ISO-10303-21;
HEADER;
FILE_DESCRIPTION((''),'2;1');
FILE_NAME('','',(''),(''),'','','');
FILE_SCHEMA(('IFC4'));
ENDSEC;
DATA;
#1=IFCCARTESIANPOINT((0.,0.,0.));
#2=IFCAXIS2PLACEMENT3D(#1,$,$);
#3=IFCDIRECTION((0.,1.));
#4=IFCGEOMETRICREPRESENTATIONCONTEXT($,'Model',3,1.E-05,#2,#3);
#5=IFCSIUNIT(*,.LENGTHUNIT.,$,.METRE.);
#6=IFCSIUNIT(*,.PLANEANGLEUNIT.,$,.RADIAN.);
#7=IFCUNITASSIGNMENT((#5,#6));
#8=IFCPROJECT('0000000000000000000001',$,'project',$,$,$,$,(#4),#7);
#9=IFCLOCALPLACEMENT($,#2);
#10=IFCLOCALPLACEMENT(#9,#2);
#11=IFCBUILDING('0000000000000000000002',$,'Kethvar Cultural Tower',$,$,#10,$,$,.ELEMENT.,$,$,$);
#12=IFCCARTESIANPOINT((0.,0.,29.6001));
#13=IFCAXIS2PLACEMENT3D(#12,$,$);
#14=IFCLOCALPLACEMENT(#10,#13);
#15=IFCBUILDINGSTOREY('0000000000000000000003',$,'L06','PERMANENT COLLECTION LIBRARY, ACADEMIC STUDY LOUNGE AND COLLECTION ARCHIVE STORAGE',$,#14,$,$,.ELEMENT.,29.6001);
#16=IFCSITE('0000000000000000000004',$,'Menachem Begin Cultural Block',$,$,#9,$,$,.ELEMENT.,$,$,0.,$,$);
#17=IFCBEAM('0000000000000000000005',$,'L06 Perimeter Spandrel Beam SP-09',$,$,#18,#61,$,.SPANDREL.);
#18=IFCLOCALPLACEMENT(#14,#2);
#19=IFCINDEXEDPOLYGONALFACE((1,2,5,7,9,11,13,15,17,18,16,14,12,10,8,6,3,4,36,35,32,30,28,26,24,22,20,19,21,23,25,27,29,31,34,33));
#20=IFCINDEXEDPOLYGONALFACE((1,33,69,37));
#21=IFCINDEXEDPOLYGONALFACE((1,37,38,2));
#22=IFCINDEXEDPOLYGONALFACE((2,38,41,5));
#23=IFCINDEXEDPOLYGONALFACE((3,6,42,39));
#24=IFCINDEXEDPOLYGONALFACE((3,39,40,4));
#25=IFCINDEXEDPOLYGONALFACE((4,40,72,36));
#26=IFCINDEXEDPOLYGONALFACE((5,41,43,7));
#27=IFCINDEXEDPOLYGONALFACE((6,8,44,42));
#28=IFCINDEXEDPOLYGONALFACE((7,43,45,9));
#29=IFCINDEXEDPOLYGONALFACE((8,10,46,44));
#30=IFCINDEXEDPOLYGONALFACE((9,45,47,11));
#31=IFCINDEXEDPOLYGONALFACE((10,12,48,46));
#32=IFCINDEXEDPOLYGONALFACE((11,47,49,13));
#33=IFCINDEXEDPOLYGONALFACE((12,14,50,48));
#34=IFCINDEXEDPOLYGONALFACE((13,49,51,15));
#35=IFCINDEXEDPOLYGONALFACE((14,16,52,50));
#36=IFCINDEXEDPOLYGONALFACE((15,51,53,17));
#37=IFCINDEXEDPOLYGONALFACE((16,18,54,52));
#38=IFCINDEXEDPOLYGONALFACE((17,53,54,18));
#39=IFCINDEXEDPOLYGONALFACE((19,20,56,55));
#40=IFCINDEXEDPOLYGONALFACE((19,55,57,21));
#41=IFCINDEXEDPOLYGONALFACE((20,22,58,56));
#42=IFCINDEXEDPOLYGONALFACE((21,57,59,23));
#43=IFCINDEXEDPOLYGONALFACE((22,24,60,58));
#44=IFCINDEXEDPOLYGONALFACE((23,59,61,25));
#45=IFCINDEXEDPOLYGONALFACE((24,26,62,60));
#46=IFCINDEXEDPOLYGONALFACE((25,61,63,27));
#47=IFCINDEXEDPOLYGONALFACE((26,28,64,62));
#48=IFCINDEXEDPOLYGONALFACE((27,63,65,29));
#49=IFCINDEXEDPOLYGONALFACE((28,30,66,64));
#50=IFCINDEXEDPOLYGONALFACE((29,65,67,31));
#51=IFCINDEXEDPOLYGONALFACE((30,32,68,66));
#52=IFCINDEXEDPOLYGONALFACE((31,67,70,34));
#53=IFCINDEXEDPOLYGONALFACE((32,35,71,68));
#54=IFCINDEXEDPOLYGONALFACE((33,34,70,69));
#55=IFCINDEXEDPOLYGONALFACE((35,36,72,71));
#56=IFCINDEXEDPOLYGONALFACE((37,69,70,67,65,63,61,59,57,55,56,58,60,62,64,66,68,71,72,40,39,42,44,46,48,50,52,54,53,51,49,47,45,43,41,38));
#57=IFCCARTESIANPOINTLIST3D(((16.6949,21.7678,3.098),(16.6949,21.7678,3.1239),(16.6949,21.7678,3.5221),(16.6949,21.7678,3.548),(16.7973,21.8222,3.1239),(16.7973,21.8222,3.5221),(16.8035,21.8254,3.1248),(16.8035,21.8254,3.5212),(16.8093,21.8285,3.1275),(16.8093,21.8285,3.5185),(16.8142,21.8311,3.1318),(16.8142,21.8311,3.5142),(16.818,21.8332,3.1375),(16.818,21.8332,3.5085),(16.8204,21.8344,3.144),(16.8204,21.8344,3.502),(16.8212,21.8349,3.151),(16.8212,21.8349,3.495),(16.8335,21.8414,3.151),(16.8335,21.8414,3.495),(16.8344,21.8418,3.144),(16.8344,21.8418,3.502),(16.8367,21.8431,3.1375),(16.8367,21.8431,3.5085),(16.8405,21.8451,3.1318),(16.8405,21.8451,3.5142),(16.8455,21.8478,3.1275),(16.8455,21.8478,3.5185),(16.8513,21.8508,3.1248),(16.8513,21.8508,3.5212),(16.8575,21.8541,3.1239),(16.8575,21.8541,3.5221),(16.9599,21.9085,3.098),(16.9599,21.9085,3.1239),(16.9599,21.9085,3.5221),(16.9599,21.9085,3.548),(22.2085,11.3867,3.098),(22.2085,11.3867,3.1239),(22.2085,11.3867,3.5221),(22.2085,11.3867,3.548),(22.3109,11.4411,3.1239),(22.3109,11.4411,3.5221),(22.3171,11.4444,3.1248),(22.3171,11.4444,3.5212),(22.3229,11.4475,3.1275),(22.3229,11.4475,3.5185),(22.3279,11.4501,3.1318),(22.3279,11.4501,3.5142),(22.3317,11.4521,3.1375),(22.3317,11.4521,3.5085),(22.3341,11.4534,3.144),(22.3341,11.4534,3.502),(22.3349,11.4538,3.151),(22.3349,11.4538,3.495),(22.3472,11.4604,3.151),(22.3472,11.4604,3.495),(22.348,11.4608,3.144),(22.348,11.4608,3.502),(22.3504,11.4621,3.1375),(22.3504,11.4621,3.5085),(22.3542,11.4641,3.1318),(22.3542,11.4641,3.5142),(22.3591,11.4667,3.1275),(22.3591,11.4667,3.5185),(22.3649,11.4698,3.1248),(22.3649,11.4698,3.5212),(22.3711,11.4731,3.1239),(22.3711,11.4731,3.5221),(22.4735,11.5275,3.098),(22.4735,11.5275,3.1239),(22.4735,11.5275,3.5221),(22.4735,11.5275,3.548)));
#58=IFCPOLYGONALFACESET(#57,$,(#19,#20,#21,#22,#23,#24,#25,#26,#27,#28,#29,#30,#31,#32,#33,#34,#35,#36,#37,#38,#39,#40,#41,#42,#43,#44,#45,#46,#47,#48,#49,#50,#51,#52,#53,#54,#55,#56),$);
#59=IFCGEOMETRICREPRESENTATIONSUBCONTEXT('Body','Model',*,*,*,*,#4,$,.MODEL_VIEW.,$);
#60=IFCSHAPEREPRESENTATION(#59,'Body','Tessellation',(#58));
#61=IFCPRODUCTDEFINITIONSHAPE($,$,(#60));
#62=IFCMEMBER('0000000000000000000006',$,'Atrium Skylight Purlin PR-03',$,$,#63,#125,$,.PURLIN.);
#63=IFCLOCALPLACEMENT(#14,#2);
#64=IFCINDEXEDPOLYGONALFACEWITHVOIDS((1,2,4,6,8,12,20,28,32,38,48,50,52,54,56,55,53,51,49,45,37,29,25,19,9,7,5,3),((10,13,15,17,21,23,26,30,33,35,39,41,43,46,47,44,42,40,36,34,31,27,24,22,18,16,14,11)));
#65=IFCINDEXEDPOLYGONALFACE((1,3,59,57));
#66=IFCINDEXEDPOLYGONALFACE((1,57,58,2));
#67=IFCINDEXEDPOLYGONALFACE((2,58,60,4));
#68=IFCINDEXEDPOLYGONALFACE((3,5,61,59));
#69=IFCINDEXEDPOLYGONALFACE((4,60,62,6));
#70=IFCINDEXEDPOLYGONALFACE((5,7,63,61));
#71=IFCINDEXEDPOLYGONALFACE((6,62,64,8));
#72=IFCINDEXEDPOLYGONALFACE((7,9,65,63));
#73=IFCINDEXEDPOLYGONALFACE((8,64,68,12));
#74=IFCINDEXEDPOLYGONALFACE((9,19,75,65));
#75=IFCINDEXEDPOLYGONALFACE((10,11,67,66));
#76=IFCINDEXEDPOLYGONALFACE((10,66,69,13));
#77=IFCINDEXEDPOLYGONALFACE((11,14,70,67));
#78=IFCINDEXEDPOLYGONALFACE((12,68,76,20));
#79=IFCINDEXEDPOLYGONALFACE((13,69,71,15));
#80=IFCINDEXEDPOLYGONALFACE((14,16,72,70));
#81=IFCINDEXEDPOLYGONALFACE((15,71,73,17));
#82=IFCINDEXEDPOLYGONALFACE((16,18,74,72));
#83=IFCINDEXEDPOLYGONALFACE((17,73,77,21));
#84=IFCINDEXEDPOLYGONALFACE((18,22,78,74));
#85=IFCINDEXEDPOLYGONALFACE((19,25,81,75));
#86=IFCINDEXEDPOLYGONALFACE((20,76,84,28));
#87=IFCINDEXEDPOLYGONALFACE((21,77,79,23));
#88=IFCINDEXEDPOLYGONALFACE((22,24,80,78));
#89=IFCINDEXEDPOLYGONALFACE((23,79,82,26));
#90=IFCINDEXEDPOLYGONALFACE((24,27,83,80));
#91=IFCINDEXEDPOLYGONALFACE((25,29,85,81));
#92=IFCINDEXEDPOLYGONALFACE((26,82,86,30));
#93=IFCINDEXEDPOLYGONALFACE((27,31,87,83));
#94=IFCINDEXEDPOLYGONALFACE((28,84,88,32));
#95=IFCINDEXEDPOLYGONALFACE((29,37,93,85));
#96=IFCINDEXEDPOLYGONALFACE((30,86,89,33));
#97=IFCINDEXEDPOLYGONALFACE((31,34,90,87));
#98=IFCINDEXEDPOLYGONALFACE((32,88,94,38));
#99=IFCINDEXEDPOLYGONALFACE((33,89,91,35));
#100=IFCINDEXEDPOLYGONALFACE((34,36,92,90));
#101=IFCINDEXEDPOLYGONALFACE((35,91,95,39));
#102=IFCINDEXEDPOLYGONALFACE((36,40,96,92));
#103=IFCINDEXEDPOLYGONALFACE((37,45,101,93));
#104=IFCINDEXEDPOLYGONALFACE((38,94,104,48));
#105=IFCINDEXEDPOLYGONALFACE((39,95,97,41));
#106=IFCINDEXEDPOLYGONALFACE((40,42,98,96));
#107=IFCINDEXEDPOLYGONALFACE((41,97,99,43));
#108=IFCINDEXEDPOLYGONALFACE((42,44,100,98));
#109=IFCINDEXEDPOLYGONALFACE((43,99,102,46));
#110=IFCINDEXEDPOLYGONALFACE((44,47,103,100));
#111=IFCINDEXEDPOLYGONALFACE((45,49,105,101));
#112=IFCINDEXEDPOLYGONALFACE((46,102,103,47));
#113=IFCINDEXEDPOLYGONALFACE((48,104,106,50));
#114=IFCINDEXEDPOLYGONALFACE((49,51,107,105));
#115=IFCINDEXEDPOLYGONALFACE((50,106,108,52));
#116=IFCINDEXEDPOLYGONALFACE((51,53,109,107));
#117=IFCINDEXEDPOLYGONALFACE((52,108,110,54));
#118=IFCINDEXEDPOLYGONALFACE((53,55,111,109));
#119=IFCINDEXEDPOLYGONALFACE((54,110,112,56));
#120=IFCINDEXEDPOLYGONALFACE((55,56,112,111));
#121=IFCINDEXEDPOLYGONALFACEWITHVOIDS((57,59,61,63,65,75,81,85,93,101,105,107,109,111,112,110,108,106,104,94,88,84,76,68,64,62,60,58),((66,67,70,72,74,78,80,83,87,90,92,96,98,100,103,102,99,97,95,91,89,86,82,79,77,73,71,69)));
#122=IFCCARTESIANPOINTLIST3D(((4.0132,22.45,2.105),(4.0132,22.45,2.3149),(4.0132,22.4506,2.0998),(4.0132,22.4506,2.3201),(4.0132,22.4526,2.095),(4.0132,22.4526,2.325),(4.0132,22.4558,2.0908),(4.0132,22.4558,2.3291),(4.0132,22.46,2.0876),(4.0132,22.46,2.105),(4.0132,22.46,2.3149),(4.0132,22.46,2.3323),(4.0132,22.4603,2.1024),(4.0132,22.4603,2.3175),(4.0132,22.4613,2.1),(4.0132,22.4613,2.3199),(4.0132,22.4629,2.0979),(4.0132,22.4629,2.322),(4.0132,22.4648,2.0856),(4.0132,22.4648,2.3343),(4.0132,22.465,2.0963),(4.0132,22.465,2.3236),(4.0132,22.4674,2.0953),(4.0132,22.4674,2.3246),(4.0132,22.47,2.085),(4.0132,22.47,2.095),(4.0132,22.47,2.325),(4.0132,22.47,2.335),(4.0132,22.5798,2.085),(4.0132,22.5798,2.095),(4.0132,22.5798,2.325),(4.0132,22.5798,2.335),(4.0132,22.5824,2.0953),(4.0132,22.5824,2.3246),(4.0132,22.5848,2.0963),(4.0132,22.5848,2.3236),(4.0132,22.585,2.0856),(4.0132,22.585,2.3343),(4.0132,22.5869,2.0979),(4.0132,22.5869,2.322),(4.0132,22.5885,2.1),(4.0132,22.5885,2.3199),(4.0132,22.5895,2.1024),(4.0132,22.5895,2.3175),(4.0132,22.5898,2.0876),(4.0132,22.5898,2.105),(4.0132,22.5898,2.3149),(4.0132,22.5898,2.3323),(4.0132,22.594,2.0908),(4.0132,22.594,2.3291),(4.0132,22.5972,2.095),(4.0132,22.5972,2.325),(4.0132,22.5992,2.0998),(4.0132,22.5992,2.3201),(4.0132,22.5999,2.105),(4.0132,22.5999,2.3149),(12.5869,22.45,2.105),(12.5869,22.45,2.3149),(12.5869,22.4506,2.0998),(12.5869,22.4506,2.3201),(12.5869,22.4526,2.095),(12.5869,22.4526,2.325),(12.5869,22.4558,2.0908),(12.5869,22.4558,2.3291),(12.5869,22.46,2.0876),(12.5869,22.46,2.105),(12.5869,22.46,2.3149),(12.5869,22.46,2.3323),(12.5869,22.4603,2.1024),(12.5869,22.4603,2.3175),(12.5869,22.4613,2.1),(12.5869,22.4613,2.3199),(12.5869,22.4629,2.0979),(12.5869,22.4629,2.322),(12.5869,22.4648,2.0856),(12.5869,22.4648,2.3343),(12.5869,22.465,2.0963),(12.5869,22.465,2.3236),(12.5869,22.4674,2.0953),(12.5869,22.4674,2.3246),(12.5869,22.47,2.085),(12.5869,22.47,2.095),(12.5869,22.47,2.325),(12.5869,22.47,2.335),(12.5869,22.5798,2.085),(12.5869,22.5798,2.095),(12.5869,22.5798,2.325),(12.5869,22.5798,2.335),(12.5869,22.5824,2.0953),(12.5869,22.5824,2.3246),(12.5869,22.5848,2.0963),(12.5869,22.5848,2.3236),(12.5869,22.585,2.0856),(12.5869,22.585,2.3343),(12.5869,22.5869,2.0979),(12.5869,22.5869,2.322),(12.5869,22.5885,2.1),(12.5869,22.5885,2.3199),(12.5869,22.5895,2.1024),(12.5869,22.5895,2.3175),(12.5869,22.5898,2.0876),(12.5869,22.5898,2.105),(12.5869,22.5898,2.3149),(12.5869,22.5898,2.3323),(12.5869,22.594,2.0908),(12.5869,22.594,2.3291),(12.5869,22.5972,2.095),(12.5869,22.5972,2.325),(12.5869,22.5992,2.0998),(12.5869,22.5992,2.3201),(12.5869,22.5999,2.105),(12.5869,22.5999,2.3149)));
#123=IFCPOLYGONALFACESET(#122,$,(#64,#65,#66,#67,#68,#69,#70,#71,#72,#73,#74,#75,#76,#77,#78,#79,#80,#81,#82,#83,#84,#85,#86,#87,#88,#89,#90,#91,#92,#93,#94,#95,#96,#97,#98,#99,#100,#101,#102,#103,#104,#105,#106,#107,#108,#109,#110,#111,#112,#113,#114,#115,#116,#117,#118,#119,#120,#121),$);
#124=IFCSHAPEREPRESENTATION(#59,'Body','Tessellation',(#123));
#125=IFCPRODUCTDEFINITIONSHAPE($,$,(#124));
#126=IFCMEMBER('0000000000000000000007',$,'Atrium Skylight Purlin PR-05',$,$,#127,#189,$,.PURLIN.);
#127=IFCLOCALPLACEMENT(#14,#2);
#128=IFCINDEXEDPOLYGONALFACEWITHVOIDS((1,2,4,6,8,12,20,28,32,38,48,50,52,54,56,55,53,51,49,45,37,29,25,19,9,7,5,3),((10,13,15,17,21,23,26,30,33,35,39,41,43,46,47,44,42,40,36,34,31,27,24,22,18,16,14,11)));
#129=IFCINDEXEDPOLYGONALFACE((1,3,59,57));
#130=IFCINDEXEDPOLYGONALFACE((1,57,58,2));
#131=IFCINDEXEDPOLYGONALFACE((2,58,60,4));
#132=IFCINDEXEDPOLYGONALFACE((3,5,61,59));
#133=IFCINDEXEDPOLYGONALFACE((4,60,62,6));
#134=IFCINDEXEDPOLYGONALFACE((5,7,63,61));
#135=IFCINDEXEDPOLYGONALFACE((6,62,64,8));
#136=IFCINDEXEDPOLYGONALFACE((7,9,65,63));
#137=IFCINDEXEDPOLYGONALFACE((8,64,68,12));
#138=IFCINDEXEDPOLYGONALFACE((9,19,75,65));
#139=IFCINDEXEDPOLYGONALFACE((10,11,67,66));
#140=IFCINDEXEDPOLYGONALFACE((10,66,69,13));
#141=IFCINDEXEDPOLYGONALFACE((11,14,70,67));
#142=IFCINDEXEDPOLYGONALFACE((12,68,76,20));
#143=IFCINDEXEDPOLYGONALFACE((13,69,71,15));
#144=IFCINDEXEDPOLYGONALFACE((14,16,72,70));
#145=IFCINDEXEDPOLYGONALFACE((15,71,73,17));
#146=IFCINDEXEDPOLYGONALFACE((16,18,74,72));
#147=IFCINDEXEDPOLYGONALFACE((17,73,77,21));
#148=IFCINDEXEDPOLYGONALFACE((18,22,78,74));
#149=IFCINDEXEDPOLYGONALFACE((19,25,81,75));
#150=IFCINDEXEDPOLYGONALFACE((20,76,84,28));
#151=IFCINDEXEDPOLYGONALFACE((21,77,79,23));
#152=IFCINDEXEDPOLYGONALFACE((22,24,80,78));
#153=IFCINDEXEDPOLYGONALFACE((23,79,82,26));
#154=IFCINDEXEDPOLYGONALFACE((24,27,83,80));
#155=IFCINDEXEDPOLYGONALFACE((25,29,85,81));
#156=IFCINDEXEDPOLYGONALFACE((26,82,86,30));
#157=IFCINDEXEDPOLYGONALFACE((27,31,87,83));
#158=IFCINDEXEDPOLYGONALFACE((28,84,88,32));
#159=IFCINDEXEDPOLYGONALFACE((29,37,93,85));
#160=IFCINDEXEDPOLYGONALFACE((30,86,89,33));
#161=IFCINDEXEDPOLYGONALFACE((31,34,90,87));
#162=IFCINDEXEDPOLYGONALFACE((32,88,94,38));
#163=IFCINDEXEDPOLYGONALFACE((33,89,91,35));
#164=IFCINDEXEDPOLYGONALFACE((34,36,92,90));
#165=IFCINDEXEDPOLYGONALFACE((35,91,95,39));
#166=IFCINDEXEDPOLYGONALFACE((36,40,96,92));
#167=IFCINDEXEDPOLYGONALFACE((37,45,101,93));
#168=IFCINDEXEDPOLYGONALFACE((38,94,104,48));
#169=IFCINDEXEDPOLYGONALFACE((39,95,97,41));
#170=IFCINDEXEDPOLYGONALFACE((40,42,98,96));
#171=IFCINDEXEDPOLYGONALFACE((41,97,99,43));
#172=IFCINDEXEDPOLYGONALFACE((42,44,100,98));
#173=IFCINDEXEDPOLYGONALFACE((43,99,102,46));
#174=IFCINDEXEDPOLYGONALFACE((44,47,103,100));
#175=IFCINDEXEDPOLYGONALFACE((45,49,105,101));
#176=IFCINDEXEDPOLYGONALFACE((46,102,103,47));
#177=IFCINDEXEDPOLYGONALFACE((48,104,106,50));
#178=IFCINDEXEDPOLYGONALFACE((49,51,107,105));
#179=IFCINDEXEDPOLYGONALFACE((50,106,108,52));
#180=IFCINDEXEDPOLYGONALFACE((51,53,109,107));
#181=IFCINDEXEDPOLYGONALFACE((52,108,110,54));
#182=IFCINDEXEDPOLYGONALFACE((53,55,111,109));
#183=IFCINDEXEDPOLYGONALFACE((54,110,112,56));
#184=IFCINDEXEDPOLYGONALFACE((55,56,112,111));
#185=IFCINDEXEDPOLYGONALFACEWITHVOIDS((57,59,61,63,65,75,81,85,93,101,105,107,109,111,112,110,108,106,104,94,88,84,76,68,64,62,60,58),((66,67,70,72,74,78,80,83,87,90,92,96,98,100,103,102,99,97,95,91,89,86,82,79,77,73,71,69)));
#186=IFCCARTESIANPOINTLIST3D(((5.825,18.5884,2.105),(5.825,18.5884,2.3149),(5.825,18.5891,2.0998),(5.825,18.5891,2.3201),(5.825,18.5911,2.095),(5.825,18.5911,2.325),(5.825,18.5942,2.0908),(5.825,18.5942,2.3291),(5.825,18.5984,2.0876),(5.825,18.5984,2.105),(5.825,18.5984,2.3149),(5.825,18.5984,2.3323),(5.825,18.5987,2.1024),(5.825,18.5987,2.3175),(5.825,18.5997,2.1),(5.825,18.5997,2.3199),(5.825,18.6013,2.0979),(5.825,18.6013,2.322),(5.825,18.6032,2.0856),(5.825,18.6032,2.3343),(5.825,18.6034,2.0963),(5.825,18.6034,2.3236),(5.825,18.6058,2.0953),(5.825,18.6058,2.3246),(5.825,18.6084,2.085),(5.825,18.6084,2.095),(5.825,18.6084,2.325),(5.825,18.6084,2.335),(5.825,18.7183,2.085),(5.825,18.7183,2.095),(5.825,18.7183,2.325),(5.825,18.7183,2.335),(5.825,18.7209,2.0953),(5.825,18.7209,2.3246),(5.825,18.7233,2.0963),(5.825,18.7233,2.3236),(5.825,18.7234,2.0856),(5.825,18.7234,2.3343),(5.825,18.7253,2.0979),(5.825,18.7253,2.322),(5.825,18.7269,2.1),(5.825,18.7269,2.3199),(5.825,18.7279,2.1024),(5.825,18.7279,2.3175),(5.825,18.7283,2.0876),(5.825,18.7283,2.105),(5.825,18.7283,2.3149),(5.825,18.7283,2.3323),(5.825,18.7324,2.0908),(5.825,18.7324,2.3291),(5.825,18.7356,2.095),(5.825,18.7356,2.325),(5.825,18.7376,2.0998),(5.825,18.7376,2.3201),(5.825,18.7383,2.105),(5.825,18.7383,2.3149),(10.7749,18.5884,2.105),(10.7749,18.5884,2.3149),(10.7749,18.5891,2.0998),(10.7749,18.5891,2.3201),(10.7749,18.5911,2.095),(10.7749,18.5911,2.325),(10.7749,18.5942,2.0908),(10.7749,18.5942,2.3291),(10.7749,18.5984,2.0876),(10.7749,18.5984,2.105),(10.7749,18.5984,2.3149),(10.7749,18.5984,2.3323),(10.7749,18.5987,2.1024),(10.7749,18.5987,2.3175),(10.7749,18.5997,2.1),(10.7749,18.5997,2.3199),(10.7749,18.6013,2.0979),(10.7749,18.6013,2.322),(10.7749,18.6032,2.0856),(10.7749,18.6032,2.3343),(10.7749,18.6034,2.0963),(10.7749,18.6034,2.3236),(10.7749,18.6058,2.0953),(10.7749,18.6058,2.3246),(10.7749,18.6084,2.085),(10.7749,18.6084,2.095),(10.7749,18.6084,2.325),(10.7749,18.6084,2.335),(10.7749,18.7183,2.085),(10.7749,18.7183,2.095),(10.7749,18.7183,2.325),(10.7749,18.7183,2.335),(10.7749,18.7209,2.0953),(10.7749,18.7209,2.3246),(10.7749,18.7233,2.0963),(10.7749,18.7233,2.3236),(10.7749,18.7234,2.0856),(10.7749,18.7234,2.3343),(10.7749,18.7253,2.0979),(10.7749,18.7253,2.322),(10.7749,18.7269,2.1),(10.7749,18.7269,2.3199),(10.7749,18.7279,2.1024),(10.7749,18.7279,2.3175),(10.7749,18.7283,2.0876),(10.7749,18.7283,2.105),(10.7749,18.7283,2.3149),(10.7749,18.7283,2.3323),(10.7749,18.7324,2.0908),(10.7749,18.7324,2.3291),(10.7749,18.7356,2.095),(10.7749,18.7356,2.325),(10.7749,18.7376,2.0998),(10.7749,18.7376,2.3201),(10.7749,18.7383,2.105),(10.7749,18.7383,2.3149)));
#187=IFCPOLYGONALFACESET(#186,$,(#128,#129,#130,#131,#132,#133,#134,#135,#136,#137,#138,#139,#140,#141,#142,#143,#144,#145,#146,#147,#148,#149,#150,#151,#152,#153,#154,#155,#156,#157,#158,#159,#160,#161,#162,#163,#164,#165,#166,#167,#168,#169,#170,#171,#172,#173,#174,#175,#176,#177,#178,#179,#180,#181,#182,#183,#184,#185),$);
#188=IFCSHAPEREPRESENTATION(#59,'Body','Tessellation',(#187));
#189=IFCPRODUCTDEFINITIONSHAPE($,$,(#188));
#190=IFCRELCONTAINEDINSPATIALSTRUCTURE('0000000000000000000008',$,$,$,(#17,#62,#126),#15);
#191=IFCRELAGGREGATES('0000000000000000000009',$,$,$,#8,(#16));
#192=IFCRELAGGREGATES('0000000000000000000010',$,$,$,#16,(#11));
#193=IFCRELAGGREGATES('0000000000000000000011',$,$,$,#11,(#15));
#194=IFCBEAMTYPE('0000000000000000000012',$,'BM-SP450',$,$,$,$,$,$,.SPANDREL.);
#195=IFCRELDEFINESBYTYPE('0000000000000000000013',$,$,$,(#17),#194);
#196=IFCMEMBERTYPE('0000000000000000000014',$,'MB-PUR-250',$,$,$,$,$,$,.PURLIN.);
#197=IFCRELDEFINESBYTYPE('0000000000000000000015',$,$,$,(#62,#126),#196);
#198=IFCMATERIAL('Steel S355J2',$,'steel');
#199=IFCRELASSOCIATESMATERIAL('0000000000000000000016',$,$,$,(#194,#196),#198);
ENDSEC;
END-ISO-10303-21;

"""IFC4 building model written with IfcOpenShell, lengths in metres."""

from ifc_helpers import new_model, si_unit, direction, frame, origin, origin_2d, place, context, subcontext, project, spatial, hollow_rectangle, i_section, extrude, source, transform, mapped, material, material_profile, profile_set, type_object, element, save


model = new_model("IFC4")

# Units and contexts
model_context = context("Model", 3, precision=1e-05, world=origin(), true_north=direction((0.0, 1.0)))
body_context = subcontext(model_context, "Body", "Model", "MODEL_VIEW")
ifc_project = project(units=[si_unit("LENGTHUNIT", "METRE"), si_unit("PLANEANGLEUNIT", "RADIAN")], contexts=[model_context])

# Site, building, storey
site_placement = place(None, origin())
site = spatial("IfcSite", under=ifc_project, at=site_placement, Name="Menachem Begin Cultural Block", CompositionType="ELEMENT", RefElevation=0.0)
building_placement = place(site_placement, origin())
building = spatial("IfcBuilding", under=site, at=building_placement, Name="Kethvar Cultural Tower", CompositionType="ELEMENT")
storey_placement = place(building_placement, frame((0.0, 0.0, 29.6001)))
storey = spatial("IfcBuildingStorey", under=building, at=storey_placement, Name="L06", Description="PERMANENT COLLECTION LIBRARY, ACADEMIC STUDY LOUNGE AND COLLECTION ARCHIVE STORAGE", CompositionType="ELEMENT", Elevation=29.6001)

# Beam
ifc_material_1 = material(Name="Steel S355J2", Category="steel")
ifc_material_profile_1 = material_profile(ifc_material_1, i_section(OverallWidth=0.3, OverallDepth=0.45, WebThickness=0.0139, FlangeThickness=0.0259, FilletRadius=0.0271, at=origin_2d()), Name="Steel S355J2 — HEB450")
ifc_profile_set_1 = profile_set([ifc_material_profile_1], Name="Steel S355J2 — HEB450")
beam_type_1 = type_object("IfcBeamType", Name="BM-SP450", PredefinedType="SPANDREL", material=ifc_profile_set_1)
shared_shape_1 = source(origin(), body_context, "Body", "SweptSolid", [
    extrude(i_section(OverallWidth=0.3, OverallDepth=0.45, WebThickness=0.0139, FlangeThickness=0.0259, FilletRadius=0.0271, at=origin_2d()), origin(), (0.0, 0.0, 1.0), 11.7544),
])
beam_1_placement = place(storey_placement, frame((16.8274, 21.8381, 3.323), z_axis=(0.46907, -0.883161, 0.0), x_axis=(0.883161, 0.46907, 0.0)))
element("IfcBeam", 1, at=beam_1_placement, inside=storey, type_object=beam_type_1, Name="L06 Perimeter Spandrel Beam SP-09", PredefinedType="SPANDREL", context=body_context, shape_type="MappedRepresentation", body=[
    mapped(shared_shape_1, transform((0.0, 0.0, 0.0), scale=1.0)),
])

# Members
ifc_material_profile_2 = material_profile(ifc_material_1, hollow_rectangle(XDim=0.1499, YDim=0.25, WallThickness=0.01, InnerFilletRadius=0.01, OuterFilletRadius=0.02, at=origin_2d()), Name="Steel S355J2 — RHS250x150x10")
ifc_profile_set_2 = profile_set([ifc_material_profile_2], Name="Steel S355J2 — RHS250x150x10")
member_type_1 = type_object("IfcMemberType", Name="MB-PUR-250", PredefinedType="PURLIN", material=ifc_profile_set_2)
shared_shape_2 = source(origin(), body_context, "Body", "SweptSolid", [
    extrude(hollow_rectangle(XDim=0.1499, YDim=0.25, WallThickness=0.01, InnerFilletRadius=0.01, OuterFilletRadius=0.02, at=origin_2d()), origin(), (0.0, 0.0, 1.0), 8.5737),
])
member_1_placement = place(storey_placement, frame((4.0132, 22.5249, 2.21), z_axis=(1.0, 0.0, 0.0), x_axis=(0.0, 1.0, 0.0)))
element("IfcMember", 2, at=member_1_placement, inside=storey, type_object=member_type_1, Name="Atrium Skylight Purlin PR-03", PredefinedType="PURLIN", context=body_context, shape_type="MappedRepresentation", body=[
    mapped(shared_shape_2, transform((0.0, 0.0, 0.0), scale=1.0)),
])
shared_shape_3 = source(origin(), body_context, "Body", "SweptSolid", [
    extrude(hollow_rectangle(XDim=0.1499, YDim=0.25, WallThickness=0.01, InnerFilletRadius=0.01, OuterFilletRadius=0.02, at=origin_2d()), origin(), (0.0, 0.0, 1.0), 4.95),
])
member_2_placement = place(storey_placement, frame((5.825, 18.6633, 2.21), z_axis=(1.0, 0.0, 0.0), x_axis=(0.0, 1.0, 0.0)))
element("IfcMember", 3, at=member_2_placement, inside=storey, type_object=member_type_1, Name="Atrium Skylight Purlin PR-05", PredefinedType="PURLIN", context=body_context, shape_type="MappedRepresentation", body=[
    mapped(shared_shape_3, transform((0.0, 0.0, 0.0), scale=1.0)),
])

save(model, "model.ifc")
